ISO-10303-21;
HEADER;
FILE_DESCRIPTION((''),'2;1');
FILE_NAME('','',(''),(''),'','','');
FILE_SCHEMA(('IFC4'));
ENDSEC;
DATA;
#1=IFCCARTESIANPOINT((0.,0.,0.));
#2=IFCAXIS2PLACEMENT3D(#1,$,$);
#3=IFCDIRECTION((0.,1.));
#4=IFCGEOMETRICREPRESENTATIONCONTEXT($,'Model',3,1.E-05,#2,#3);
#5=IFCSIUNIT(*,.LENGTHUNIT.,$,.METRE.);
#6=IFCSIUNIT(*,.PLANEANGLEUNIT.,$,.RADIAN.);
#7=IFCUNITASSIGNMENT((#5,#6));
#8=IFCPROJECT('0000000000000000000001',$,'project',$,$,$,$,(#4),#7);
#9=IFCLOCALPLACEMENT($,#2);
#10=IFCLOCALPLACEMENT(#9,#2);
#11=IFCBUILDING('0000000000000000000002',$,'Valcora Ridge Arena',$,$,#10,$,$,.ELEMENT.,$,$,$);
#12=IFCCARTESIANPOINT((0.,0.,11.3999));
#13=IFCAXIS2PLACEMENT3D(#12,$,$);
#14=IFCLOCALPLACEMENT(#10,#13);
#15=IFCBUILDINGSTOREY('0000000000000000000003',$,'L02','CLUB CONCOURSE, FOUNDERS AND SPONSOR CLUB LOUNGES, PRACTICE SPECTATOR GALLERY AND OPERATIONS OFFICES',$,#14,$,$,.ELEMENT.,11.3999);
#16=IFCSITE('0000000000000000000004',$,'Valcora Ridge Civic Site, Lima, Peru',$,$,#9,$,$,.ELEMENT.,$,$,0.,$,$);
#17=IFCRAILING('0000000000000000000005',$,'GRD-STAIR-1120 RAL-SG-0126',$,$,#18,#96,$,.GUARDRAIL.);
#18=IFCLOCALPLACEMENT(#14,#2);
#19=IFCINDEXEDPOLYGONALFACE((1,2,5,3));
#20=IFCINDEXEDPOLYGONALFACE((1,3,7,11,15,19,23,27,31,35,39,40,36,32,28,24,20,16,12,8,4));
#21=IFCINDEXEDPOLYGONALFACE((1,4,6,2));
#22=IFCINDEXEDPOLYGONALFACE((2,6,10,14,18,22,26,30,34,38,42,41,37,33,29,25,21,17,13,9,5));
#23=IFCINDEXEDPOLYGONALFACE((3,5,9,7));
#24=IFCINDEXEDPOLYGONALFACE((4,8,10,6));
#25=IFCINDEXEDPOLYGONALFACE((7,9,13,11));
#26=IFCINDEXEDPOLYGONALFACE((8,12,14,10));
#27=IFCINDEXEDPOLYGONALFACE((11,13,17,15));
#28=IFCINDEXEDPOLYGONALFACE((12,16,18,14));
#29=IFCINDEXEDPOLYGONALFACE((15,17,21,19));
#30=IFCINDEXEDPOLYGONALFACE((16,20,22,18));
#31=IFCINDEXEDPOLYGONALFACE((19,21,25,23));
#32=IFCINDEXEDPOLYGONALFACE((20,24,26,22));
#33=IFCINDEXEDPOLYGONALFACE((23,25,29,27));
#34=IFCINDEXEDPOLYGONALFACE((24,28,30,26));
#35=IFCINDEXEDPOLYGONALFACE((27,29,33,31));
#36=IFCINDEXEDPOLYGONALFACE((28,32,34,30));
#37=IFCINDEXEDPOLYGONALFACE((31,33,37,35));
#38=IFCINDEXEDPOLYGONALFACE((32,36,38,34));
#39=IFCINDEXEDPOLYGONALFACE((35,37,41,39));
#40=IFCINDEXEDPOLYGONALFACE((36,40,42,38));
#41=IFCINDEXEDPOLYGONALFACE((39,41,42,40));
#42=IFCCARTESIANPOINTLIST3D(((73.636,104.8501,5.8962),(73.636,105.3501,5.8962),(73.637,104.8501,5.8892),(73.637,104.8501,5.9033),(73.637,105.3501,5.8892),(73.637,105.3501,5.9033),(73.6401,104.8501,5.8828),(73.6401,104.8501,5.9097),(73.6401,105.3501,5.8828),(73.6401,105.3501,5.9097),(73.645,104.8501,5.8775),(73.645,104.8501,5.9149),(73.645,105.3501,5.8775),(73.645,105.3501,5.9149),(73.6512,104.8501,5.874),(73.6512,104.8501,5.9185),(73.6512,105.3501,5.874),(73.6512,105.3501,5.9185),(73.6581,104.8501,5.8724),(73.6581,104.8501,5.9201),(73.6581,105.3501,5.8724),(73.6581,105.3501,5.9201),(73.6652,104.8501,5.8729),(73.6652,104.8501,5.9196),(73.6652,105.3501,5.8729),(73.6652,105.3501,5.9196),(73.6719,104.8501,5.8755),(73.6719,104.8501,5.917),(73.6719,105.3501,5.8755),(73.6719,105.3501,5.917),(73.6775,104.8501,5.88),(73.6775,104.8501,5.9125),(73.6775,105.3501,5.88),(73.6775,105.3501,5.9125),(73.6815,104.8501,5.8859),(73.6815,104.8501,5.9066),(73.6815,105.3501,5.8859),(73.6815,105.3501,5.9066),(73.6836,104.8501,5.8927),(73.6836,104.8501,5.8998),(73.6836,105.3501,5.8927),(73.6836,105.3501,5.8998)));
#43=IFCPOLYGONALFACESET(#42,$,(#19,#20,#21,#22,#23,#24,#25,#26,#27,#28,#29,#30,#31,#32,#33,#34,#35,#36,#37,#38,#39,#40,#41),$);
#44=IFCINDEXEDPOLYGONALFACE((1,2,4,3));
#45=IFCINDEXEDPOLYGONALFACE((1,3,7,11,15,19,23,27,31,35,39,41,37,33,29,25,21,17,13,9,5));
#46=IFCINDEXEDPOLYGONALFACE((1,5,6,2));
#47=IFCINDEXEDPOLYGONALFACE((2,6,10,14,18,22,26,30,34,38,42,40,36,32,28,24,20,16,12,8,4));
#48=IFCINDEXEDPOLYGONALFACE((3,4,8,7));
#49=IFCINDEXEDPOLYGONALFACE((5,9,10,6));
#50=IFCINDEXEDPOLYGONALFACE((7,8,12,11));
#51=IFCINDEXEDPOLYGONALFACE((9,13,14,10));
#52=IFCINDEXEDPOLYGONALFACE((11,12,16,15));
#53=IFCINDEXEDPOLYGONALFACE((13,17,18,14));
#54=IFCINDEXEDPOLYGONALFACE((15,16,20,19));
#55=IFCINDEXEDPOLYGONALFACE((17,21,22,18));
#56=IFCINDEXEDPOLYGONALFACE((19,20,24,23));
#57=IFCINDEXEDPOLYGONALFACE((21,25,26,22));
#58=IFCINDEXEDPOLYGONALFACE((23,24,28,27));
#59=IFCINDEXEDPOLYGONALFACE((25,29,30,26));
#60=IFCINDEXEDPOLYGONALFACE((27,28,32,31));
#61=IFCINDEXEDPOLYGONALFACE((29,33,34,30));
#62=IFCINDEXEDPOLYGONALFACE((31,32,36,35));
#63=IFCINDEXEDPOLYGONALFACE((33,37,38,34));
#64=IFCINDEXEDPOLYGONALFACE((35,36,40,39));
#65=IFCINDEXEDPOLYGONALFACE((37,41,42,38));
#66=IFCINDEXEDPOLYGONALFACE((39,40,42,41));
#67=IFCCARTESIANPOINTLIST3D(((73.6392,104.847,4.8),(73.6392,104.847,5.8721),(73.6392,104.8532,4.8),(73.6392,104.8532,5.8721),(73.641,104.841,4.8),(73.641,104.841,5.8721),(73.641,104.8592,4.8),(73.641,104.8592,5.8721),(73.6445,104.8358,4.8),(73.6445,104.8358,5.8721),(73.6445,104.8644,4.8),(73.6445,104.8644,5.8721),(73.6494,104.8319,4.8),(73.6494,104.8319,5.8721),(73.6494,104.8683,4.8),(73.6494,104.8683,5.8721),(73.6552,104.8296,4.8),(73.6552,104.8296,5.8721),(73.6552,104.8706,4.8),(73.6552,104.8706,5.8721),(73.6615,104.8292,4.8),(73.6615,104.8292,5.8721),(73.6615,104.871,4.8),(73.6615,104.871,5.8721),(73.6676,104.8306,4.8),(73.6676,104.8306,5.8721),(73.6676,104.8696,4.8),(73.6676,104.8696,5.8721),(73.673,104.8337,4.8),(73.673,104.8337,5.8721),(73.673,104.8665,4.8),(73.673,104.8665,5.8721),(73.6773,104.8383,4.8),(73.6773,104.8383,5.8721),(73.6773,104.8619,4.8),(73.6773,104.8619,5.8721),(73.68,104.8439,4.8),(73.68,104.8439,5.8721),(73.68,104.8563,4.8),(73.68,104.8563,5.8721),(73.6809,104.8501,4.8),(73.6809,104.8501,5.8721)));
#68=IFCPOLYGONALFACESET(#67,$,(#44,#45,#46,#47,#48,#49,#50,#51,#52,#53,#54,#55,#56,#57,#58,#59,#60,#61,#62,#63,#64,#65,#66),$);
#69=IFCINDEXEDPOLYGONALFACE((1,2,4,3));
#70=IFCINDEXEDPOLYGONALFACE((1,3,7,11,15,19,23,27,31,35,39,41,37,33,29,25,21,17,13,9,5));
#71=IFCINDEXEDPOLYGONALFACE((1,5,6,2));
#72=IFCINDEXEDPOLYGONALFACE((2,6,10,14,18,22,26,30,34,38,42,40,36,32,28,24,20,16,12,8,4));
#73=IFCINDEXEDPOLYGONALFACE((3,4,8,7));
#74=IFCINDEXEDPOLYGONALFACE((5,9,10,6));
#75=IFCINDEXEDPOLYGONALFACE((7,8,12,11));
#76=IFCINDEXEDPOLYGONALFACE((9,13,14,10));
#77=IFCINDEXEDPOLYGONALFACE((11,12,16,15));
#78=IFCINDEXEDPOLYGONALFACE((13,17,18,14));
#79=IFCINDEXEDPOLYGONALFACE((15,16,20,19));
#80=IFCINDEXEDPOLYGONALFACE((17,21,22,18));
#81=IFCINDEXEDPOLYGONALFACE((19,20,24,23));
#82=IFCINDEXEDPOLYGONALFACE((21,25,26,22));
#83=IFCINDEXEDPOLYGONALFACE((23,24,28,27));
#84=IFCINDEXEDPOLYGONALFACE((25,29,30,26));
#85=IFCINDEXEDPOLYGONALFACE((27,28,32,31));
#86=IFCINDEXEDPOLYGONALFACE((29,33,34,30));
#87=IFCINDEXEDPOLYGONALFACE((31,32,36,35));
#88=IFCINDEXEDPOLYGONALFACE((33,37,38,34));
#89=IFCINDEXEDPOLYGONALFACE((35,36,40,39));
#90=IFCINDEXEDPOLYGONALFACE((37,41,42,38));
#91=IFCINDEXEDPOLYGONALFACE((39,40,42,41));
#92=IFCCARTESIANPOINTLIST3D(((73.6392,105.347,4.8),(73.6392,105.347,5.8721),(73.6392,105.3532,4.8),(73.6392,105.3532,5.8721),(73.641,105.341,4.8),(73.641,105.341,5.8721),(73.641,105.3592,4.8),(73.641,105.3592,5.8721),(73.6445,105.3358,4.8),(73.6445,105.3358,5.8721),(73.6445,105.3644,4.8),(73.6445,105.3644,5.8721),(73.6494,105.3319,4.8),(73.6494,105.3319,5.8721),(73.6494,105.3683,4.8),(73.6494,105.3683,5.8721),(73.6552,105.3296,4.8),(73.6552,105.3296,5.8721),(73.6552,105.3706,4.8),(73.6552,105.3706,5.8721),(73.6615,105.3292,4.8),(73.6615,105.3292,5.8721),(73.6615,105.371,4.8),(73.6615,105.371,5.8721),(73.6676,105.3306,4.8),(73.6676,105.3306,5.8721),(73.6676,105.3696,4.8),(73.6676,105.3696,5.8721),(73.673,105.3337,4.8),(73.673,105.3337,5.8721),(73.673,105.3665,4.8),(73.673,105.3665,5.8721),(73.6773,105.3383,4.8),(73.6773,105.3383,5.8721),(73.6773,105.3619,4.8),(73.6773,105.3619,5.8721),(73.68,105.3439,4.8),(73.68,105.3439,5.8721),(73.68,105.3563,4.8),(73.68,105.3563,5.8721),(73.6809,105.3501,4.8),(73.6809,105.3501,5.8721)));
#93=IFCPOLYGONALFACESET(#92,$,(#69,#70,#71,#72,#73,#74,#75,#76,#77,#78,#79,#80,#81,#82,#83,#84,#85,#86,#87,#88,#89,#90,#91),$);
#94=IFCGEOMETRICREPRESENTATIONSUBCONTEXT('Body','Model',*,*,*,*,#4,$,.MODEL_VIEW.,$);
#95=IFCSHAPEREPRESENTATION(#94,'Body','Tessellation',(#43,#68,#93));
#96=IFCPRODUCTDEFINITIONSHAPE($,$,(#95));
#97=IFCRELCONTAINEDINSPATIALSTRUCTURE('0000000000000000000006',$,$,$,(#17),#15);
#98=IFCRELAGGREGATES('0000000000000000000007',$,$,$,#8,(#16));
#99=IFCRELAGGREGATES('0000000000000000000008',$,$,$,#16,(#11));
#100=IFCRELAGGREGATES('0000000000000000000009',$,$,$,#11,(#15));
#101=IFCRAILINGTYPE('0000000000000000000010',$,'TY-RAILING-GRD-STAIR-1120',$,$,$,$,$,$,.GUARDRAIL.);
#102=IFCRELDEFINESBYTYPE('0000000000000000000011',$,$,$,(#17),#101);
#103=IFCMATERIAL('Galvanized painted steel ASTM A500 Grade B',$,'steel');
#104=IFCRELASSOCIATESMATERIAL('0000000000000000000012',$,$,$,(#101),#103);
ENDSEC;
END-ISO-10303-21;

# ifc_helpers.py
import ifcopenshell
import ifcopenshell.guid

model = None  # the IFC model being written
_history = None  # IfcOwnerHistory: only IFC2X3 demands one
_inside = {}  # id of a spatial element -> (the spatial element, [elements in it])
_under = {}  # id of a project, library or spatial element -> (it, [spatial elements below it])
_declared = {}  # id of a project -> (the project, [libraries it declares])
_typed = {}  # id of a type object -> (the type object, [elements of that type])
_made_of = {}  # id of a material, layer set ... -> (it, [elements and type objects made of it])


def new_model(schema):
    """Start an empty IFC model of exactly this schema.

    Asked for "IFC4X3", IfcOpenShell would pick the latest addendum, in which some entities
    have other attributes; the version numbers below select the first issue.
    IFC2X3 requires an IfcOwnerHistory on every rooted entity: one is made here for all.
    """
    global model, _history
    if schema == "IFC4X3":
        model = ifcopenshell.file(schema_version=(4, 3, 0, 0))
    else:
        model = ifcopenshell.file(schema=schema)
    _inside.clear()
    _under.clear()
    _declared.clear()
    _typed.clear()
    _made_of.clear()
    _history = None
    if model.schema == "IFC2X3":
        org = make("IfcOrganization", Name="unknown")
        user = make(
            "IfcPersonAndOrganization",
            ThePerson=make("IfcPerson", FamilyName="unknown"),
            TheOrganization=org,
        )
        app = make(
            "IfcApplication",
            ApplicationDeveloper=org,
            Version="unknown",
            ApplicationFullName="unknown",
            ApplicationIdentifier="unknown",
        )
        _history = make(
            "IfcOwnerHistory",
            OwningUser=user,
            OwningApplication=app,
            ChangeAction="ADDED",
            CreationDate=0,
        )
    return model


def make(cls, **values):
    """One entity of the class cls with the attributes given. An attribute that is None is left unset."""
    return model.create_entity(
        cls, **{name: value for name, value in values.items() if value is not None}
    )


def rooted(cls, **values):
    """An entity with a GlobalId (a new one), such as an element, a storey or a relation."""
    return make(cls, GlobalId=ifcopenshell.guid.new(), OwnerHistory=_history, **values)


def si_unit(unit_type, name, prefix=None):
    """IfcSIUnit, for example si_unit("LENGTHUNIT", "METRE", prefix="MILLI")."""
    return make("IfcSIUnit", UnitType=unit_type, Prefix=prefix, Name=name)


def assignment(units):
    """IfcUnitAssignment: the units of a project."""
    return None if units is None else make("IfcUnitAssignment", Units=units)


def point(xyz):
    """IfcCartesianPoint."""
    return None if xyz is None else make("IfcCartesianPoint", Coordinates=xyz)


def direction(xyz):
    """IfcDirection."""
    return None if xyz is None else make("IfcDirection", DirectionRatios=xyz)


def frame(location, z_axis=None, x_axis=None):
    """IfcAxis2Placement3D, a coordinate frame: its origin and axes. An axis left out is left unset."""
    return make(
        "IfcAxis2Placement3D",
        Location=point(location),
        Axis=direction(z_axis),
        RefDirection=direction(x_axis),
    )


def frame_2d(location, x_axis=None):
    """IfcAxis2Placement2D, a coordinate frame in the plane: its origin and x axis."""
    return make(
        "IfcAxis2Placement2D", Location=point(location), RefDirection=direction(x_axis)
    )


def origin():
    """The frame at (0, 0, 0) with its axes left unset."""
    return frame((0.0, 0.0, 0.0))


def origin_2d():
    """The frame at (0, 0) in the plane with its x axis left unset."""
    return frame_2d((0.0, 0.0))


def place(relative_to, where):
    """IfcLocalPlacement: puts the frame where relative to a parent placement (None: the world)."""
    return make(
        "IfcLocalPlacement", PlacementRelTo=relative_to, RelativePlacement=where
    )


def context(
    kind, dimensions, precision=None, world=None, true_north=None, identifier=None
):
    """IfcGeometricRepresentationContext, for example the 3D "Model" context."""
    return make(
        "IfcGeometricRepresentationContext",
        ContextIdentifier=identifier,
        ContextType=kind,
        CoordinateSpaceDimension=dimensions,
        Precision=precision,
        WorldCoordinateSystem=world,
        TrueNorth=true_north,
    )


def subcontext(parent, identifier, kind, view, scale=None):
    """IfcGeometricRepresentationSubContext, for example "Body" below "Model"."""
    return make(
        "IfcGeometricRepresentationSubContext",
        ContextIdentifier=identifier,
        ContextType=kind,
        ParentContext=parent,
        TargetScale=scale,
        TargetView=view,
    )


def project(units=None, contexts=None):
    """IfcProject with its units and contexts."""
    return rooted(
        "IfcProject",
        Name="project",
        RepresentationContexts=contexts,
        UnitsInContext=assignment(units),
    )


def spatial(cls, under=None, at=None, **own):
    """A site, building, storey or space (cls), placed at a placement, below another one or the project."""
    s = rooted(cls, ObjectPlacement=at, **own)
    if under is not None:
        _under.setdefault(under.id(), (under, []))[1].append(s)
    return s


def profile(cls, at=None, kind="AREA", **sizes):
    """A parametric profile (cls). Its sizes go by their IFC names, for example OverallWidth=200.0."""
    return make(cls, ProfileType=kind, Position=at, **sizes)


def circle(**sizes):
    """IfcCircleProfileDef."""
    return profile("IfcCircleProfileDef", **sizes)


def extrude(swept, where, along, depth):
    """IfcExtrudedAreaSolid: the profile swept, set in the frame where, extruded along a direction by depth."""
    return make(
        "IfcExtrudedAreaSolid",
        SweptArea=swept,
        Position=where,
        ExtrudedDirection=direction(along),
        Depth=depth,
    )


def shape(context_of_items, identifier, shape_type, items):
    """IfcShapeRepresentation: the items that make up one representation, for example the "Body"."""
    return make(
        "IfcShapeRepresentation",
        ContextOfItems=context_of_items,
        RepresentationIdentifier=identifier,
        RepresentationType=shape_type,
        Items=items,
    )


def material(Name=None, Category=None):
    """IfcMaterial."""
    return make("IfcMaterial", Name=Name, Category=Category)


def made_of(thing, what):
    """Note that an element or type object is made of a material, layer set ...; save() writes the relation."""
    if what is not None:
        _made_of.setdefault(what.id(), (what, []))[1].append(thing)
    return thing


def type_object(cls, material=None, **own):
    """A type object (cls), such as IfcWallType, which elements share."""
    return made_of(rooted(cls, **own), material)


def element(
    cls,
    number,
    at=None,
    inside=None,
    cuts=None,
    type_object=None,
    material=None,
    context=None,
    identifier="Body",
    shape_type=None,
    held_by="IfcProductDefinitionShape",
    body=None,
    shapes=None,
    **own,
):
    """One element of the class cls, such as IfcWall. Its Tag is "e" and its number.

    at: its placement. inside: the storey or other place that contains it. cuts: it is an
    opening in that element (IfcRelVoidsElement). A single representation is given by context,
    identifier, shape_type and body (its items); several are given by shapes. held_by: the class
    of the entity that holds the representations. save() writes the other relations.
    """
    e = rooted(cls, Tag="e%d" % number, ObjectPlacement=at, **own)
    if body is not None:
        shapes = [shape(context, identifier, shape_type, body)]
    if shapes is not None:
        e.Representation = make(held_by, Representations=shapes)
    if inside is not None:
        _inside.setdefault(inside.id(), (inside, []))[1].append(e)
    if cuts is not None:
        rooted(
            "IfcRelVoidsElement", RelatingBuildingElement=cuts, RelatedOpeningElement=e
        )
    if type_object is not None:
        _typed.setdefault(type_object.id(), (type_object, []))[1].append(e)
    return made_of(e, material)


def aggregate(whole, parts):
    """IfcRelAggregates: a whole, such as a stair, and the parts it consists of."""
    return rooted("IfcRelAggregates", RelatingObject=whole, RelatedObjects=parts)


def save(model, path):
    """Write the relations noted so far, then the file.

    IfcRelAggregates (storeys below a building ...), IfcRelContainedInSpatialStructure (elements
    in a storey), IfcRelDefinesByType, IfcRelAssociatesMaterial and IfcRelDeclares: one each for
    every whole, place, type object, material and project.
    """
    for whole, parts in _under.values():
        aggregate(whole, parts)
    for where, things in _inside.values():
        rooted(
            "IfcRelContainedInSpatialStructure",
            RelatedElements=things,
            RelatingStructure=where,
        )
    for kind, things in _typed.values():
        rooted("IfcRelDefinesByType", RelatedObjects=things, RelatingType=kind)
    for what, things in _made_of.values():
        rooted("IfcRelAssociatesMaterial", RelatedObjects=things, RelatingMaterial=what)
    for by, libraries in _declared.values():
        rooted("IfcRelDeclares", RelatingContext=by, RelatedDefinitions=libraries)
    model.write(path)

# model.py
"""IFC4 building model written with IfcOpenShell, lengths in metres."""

from ifc_helpers import new_model, si_unit, direction, frame, origin, origin_2d, place, context, subcontext, project, spatial, circle, extrude, material, type_object, element, save


model = new_model("IFC4")

# Units and contexts
model_context = context("Model", 3, precision=1e-05, world=origin(), true_north=direction((0.0, 1.0)))
body_context = subcontext(model_context, "Body", "Model", "MODEL_VIEW")
ifc_project = project(units=[si_unit("LENGTHUNIT", "METRE"), si_unit("PLANEANGLEUNIT", "RADIAN")], contexts=[model_context])

# Site, building, storey
site_placement = place(None, origin())
site = spatial("IfcSite", under=ifc_project, at=site_placement, Name="Valcora Ridge Civic Site, Lima, Peru", CompositionType="ELEMENT", RefElevation=0.0)
building_placement = place(site_placement, origin())
building = spatial("IfcBuilding", under=site, at=building_placement, Name="Valcora Ridge Arena", CompositionType="ELEMENT")
storey_placement = place(building_placement, frame((0.0, 0.0, 11.3999)))
storey = spatial("IfcBuildingStorey", under=building, at=storey_placement, Name="L02", Description="CLUB CONCOURSE, FOUNDERS AND SPONSOR CLUB LOUNGES, PRACTICE SPECTATOR GALLERY AND OPERATIONS OFFICES", CompositionType="ELEMENT", Elevation=11.3999)

# Railing
ifc_material_1 = material(Name="Galvanized painted steel ASTM A500 Grade B", Category="steel")
railing_type_1 = type_object("IfcRailingType", Name="TY-RAILING-GRD-STAIR-1120", PredefinedType="GUARDRAIL", material=ifc_material_1)
railing_1_placement = place(storey_placement, frame((73.6599, 104.8501, 4.8)))
element("IfcRailing", 1, at=railing_1_placement, inside=storey, type_object=railing_type_1, Name="GRD-STAIR-1120 RAL-SG-0126", PredefinedType="GUARDRAIL", context=body_context, shape_type="SweptSolid", body=[
    extrude(circle(Radius=0.0239, at=origin_2d()), frame((0.0, 0.0, 1.0962), z_axis=(0.0, 1.0, 0.0), x_axis=(-1.0, 0.0, 0.0)), (0.0, 0.0, 1.0), 0.5),
    extrude(circle(Radius=0.021, at=origin_2d()), origin(), (0.0, 0.0, 1.0), 1.072),
    extrude(circle(Radius=0.021, at=origin_2d()), frame((0.0, 0.5, 0.0)), (0.0, 0.0, 1.0), 1.072),
])

save(model, "model.ifc")
